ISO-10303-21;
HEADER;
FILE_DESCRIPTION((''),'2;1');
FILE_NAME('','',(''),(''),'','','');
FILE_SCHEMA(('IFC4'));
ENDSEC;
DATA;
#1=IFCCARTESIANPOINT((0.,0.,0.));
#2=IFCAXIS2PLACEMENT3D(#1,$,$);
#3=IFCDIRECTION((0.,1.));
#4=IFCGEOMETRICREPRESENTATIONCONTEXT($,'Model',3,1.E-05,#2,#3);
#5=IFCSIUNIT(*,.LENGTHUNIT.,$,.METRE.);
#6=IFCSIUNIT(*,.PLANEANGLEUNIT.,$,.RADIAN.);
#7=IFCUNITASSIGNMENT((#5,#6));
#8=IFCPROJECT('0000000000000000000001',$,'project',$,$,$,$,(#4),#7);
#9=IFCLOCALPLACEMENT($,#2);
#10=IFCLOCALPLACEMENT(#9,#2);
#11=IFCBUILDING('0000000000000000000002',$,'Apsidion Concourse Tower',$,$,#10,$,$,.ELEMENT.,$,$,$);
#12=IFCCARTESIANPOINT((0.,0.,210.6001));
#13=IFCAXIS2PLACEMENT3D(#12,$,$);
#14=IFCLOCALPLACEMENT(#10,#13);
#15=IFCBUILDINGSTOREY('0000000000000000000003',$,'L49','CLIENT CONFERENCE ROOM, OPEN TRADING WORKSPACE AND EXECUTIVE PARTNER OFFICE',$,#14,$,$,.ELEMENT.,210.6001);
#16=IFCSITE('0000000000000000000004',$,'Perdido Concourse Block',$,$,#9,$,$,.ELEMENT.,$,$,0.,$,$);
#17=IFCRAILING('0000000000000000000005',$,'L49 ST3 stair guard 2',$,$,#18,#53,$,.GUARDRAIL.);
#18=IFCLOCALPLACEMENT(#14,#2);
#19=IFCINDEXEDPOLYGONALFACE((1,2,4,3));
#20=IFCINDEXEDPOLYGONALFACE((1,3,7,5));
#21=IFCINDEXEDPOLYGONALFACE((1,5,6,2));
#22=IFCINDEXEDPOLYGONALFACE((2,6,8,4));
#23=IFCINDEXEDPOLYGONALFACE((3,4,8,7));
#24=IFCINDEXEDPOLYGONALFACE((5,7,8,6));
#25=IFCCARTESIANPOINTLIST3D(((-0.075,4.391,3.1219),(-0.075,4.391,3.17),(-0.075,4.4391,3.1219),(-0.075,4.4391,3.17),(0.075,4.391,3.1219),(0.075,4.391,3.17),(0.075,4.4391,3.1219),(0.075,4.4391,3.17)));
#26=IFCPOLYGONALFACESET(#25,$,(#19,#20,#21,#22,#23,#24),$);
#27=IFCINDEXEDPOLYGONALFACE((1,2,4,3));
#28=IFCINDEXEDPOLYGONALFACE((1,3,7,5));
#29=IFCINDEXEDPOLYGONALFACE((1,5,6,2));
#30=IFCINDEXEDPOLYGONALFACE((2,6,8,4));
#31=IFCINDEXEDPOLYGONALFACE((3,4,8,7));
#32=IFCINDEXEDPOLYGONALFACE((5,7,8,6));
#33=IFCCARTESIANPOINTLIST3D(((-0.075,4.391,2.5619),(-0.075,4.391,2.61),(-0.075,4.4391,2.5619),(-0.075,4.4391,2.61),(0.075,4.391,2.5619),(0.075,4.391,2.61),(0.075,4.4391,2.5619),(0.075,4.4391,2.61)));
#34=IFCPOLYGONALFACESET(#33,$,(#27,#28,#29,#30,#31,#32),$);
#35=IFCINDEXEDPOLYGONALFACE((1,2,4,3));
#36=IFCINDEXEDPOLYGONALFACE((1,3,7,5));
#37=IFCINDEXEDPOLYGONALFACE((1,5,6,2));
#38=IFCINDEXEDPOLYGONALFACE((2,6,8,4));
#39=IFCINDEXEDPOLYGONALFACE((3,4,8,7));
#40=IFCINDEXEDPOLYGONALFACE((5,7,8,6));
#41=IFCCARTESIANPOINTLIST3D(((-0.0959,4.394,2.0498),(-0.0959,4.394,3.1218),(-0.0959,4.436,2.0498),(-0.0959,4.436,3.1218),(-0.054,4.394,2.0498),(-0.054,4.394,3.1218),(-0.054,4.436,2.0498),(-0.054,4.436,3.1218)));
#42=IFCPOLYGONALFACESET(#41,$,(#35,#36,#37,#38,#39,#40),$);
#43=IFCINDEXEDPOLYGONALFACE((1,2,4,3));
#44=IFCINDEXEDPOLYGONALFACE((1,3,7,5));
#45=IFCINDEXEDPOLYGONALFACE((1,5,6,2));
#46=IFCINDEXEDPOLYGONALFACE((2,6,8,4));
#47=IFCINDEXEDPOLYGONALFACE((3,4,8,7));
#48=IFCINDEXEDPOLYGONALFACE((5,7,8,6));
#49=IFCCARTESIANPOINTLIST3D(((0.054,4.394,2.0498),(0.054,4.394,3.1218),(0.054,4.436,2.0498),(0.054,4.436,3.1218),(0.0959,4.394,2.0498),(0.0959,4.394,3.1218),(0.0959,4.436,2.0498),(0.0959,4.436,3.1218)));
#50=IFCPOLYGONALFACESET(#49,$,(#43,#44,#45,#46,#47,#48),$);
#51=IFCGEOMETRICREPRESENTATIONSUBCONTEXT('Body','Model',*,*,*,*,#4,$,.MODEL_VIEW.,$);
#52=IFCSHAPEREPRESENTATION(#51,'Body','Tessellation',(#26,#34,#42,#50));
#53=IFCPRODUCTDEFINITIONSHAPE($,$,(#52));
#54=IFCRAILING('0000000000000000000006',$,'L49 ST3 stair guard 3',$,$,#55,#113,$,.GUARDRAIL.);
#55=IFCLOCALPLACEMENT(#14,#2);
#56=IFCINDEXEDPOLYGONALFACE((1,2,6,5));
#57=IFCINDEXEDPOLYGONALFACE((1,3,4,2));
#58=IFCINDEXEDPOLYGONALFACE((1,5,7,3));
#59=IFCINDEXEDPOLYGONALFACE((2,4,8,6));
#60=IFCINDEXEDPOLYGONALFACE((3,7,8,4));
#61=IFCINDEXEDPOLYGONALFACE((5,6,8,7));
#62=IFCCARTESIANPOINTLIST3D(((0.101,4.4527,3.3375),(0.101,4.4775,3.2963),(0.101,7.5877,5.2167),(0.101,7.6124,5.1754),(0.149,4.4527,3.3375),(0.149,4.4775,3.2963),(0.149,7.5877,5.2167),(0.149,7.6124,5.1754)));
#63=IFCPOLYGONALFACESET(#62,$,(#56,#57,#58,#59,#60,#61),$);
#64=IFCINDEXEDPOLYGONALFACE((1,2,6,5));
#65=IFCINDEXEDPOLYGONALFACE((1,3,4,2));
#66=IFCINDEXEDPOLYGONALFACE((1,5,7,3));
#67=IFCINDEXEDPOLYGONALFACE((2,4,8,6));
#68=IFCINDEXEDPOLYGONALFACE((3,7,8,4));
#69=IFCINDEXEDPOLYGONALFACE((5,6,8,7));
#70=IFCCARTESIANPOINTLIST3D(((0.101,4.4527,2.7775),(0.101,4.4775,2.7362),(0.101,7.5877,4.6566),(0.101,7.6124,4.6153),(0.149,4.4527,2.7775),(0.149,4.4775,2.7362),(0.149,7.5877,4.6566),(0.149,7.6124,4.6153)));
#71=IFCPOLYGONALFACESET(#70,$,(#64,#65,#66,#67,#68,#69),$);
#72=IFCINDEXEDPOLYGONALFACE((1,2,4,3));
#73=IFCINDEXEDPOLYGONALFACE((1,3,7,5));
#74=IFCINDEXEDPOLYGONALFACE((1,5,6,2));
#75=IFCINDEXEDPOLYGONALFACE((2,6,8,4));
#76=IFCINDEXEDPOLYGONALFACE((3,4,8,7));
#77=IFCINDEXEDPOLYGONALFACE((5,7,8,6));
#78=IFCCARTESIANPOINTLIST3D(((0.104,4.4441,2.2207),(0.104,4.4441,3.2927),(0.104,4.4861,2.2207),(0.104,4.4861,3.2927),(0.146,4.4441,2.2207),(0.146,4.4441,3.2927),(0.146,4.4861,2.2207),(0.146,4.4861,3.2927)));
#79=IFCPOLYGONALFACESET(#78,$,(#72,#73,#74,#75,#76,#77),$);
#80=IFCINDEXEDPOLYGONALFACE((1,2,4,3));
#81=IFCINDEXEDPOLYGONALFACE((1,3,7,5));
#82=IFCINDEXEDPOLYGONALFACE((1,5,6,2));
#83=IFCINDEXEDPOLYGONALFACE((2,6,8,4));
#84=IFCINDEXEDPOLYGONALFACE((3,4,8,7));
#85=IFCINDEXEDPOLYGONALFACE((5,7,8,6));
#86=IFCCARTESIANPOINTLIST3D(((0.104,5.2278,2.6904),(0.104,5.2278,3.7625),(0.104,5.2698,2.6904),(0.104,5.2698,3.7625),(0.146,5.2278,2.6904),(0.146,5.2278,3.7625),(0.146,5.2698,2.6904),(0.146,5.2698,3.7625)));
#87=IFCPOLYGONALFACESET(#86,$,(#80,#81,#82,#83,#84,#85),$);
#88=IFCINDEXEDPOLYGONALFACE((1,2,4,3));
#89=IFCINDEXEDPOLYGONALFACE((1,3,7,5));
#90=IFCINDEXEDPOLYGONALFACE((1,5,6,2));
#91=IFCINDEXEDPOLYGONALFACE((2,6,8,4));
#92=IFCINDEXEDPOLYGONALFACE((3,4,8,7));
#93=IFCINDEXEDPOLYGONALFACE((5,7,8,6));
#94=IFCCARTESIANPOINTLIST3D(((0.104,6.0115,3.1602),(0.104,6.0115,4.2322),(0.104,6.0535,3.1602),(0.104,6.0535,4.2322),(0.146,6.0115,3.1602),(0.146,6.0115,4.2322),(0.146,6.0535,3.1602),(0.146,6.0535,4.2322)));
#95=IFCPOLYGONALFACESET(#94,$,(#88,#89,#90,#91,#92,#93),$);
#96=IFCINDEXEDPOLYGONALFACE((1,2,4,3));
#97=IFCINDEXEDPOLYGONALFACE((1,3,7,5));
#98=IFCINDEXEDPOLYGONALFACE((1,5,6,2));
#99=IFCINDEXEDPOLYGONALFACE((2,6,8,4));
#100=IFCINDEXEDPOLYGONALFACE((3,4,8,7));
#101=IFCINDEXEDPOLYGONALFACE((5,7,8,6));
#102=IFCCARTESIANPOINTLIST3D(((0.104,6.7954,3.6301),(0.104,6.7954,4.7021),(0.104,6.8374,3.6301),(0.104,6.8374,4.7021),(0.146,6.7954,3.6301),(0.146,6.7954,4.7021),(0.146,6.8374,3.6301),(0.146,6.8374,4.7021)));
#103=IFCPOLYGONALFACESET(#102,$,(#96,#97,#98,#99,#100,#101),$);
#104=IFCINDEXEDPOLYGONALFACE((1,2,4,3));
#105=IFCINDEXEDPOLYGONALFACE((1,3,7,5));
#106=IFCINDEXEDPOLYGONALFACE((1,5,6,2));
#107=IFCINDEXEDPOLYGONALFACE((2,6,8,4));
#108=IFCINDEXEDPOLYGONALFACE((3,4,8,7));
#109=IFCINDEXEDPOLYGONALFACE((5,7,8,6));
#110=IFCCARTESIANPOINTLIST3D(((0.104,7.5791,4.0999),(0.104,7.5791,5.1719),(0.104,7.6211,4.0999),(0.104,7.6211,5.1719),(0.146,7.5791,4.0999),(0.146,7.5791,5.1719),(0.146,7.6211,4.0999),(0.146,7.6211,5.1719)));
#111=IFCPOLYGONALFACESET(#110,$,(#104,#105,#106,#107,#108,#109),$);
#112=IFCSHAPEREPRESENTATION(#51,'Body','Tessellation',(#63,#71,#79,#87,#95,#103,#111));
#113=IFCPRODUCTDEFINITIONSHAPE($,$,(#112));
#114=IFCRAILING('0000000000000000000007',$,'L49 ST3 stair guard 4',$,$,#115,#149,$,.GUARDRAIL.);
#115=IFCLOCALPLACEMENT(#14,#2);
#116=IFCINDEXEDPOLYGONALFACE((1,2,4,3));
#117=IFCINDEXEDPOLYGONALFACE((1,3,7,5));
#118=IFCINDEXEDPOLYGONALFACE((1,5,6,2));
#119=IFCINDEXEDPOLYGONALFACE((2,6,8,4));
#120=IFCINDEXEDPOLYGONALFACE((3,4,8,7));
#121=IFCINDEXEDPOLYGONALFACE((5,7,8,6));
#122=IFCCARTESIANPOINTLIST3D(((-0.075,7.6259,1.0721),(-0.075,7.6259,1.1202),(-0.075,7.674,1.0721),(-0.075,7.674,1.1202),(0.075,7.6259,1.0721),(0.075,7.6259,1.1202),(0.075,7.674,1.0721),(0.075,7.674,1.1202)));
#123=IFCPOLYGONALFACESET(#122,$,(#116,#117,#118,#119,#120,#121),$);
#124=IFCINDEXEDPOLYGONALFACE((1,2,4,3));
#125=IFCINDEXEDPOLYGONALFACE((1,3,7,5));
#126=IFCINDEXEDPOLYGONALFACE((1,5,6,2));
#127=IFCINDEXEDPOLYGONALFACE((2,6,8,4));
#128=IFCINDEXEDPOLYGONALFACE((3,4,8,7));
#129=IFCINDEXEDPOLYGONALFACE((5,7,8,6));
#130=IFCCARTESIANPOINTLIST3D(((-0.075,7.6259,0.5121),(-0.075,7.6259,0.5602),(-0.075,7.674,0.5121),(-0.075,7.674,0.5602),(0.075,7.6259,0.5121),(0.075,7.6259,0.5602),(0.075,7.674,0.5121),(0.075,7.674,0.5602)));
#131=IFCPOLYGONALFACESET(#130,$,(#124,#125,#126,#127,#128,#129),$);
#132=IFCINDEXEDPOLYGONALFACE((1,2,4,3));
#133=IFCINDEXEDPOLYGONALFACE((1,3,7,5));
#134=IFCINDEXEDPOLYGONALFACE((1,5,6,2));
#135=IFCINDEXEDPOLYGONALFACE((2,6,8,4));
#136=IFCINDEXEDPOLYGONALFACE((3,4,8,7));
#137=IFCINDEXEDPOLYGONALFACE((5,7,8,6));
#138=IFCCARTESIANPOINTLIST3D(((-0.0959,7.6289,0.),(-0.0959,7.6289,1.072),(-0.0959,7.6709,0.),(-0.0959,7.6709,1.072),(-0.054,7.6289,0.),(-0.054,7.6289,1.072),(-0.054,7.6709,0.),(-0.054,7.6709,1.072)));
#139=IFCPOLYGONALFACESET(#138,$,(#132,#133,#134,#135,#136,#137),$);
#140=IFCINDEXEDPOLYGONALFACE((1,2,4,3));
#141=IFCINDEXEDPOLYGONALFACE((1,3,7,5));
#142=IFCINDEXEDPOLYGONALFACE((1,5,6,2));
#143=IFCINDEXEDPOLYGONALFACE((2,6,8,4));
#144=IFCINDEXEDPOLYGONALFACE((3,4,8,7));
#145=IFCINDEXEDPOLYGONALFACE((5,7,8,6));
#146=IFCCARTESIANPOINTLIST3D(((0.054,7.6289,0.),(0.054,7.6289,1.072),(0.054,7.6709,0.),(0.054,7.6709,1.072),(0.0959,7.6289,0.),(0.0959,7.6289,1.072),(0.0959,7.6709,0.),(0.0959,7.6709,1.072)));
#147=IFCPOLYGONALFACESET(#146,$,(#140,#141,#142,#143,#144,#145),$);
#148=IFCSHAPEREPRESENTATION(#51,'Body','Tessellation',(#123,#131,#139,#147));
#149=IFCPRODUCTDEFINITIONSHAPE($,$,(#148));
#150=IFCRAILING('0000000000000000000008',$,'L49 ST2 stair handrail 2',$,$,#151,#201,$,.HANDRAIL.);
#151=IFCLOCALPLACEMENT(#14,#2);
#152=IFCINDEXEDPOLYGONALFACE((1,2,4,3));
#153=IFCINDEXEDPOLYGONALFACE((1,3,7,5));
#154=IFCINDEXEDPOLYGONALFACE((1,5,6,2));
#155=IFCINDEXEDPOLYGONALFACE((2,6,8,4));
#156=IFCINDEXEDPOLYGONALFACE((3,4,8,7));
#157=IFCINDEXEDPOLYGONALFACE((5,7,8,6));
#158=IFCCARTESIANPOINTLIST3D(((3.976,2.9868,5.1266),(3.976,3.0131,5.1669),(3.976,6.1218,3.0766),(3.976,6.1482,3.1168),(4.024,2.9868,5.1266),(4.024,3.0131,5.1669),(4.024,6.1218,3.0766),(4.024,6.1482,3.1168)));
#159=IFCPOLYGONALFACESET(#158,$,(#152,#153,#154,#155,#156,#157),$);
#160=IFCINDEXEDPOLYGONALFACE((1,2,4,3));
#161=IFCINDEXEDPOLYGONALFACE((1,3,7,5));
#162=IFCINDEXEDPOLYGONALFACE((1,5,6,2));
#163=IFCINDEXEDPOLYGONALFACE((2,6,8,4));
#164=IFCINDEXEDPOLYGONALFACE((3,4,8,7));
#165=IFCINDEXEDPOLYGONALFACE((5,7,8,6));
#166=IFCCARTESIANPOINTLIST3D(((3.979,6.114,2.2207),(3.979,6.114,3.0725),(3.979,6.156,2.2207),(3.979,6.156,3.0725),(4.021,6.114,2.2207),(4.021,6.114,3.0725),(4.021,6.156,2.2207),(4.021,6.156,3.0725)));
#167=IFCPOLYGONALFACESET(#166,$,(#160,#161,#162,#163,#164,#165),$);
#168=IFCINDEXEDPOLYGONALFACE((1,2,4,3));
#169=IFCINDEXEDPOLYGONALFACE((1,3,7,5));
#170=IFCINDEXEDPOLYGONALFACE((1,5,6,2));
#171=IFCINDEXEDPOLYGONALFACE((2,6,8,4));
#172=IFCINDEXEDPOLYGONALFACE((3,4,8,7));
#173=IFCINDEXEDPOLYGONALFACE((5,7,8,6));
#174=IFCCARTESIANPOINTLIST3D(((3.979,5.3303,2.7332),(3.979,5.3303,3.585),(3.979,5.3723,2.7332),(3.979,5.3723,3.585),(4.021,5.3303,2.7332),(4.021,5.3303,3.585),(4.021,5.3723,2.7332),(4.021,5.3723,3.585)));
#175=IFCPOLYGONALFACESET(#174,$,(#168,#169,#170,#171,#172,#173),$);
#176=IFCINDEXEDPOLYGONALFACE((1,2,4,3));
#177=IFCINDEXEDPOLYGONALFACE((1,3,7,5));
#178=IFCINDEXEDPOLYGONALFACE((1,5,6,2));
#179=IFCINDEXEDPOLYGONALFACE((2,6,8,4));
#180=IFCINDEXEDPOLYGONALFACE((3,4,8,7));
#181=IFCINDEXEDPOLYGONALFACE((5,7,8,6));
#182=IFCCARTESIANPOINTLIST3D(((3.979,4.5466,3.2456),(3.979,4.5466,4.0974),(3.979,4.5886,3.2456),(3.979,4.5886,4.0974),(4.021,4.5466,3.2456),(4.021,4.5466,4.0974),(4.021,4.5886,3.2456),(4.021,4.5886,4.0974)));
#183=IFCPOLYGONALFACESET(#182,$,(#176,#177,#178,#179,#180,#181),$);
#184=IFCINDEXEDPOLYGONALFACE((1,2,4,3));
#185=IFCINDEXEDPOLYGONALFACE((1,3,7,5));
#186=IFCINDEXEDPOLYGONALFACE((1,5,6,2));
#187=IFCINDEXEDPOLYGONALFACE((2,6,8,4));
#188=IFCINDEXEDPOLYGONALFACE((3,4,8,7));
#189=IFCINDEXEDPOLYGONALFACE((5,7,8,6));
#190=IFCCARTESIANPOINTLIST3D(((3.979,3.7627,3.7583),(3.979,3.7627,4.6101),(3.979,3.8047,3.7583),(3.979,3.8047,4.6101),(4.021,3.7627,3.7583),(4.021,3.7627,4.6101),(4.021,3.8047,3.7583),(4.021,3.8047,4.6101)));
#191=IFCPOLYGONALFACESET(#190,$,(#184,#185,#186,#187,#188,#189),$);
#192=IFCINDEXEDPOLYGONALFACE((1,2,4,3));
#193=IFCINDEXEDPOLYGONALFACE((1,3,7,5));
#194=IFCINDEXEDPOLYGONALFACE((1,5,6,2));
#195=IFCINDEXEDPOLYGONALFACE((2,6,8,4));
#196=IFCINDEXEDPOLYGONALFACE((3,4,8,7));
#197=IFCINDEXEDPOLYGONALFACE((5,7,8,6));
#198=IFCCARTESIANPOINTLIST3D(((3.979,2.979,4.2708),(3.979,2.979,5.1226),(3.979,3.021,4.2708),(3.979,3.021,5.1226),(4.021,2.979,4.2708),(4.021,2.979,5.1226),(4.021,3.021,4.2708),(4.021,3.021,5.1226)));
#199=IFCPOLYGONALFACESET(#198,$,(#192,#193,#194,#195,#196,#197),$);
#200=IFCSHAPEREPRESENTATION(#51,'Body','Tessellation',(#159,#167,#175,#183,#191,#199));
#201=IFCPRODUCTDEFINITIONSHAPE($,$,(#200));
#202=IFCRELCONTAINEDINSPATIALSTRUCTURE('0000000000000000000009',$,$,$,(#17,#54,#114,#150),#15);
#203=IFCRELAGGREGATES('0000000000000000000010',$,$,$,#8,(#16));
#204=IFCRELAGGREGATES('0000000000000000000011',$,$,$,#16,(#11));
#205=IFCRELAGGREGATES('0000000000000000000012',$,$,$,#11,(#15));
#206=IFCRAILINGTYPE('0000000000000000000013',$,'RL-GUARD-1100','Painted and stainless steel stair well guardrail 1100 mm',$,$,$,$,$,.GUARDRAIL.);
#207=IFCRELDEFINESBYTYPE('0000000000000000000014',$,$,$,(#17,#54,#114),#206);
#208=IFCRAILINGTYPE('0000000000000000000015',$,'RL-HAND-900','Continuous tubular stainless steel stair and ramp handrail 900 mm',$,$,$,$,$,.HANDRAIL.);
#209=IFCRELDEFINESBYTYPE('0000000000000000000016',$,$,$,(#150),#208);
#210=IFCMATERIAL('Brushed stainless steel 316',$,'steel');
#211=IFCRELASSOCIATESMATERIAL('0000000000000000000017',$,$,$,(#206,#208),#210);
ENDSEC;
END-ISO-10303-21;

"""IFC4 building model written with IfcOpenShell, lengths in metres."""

from ifc_helpers import new_model, si_unit, direction, frame, origin, origin_2d, place, context, subcontext, project, spatial, rectangle, extrude, material, type_object, element, save


model = new_model("IFC4")

# Units and contexts
model_context = context("Model", 3, precision=1e-05, world=origin(), true_north=direction((0.0, 1.0)))
body_context = subcontext(model_context, "Body", "Model", "MODEL_VIEW")
ifc_project = project(units=[si_unit("LENGTHUNIT", "METRE"), si_unit("PLANEANGLEUNIT", "RADIAN")], contexts=[model_context])

# Site, building, storey
site_placement = place(None, origin())
site = spatial("IfcSite", under=ifc_project, at=site_placement, Name="Perdido Concourse Block", CompositionType="ELEMENT", RefElevation=0.0)
building_placement = place(site_placement, origin())
building = spatial("IfcBuilding", under=site, at=building_placement, Name="Apsidion Concourse Tower", CompositionType="ELEMENT")
storey_placement = place(building_placement, frame((0.0, 0.0, 210.6001)))
storey = spatial("IfcBuildingStorey", under=building, at=storey_placement, Name="L49", Description="CLIENT CONFERENCE ROOM, OPEN TRADING WORKSPACE AND EXECUTIVE PARTNER OFFICE", CompositionType="ELEMENT", Elevation=210.6001)

# Railings
ifc_material_1 = material(Name="Brushed stainless steel 316", Category="steel")
railing_type_1 = type_object("IfcRailingType", Name="RL-GUARD-1100", Description="Painted and stainless steel stair well guardrail 1100 mm", PredefinedType="GUARDRAIL", material=ifc_material_1)
railing_1_placement = place(storey_placement, frame((-0.075, 4.415, 2.0498)))
element("IfcRailing", 1, at=railing_1_placement, inside=storey, type_object=railing_type_1, Name="L49 ST3 stair guard 2", PredefinedType="GUARDRAIL", context=body_context, shape_type="SweptSolid", body=[
    extrude(rectangle(XDim=0.0481, YDim=0.0481, at=origin_2d()), frame((0.0, 0.0, 1.0962), z_axis=(1.0, 0.0, 0.0), x_axis=(0.0, 1.0, 0.0)), (0.0, 0.0, 1.0), 0.1499),
    extrude(rectangle(XDim=0.0481, YDim=0.0481, at=origin_2d()), frame((0.0, 0.0, 0.5361), z_axis=(1.0, 0.0, 0.0), x_axis=(0.0, 1.0, 0.0)), (0.0, 0.0, 1.0), 0.1499),
    extrude(rectangle(XDim=0.042, YDim=0.042, at=origin_2d()), origin(), (0.0, 0.0, 1.0), 1.072),
    extrude(rectangle(XDim=0.042, YDim=0.042, at=origin_2d()), frame((0.1499, 0.0, 0.0)), (0.0, 0.0, 1.0), 1.072),
])
railing_2_placement = place(storey_placement, frame((0.125, 4.4651, 2.2207)))
element("IfcRailing", 2, at=railing_2_placement, inside=storey, type_object=railing_type_1, Name="L49 ST3 stair guard 3", PredefinedType="GUARDRAIL", context=body_context, shape_type="SweptSolid", body=[
    extrude(rectangle(XDim=0.0481, YDim=0.0481, at=origin_2d()), frame((0.0, 0.0, 1.0962), z_axis=(0.0, 0.857717, 0.514122), x_axis=(-1.0, 0.0, 0.0)), (0.0, 0.0, 1.0), 3.655),
    extrude(rectangle(XDim=0.0481, YDim=0.0481, at=origin_2d()), frame((0.0, 0.0, 0.5361), z_axis=(0.0, 0.857717, 0.514122), x_axis=(-1.0, 0.0, 0.0)), (0.0, 0.0, 1.0), 3.655),
    extrude(rectangle(XDim=0.042, YDim=0.042, at=origin_2d()), origin(), (0.0, 0.0, 1.0), 1.072),
    extrude(rectangle(XDim=0.042, YDim=0.042, at=origin_2d()), frame((0.0, 0.7837, 0.4697)), (0.0, 0.0, 1.0), 1.072),
    extrude(rectangle(XDim=0.042, YDim=0.042, at=origin_2d()), frame((0.0, 1.5674, 0.9395)), (0.0, 0.0, 1.0), 1.072),
    extrude(rectangle(XDim=0.042, YDim=0.042, at=origin_2d()), frame((0.0, 2.3513, 1.4094)), (0.0, 0.0, 1.0), 1.072),
    extrude(rectangle(XDim=0.042, YDim=0.042, at=origin_2d()), frame((0.0, 3.135, 1.8792)), (0.0, 0.0, 1.0), 1.072),
])
railing_3_placement = place(storey_placement, frame((-0.075, 7.6499, 0.0)))
element("IfcRailing", 3, at=railing_3_placement, inside=storey, type_object=railing_type_1, Name="L49 ST3 stair guard 4", PredefinedType="GUARDRAIL", context=body_context, shape_type="SweptSolid", body=[
    extrude(rectangle(XDim=0.0481, YDim=0.0481, at=origin_2d()), frame((0.0, 0.0, 1.0962), z_axis=(1.0, 0.0, 0.0), x_axis=(0.0, 1.0, 0.0)), (0.0, 0.0, 1.0), 0.1499),
    extrude(rectangle(XDim=0.0481, YDim=0.0481, at=origin_2d()), frame((0.0, 0.0, 0.5361), z_axis=(1.0, 0.0, 0.0), x_axis=(0.0, 1.0, 0.0)), (0.0, 0.0, 1.0), 0.1499),
    extrude(rectangle(XDim=0.042, YDim=0.042, at=origin_2d()), origin(), (0.0, 0.0, 1.0), 1.072),
    extrude(rectangle(XDim=0.042, YDim=0.042, at=origin_2d()), frame((0.1499, 0.0, 0.0)), (0.0, 0.0, 1.0), 1.072),
])
railing_type_2 = type_object("IfcRailingType", Name="RL-HAND-900", Description="Continuous tubular stainless steel stair and ramp handrail 900 mm", PredefinedType="HANDRAIL", material=ifc_material_1)
railing_4_placement = place(storey_placement, frame((4.0, 6.135, 2.2207)))
element("IfcRailing", 4, at=railing_4_placement, inside=storey, type_object=railing_type_2, Name="L49 ST2 stair handrail 2", PredefinedType="HANDRAIL", context=body_context, shape_type="SweptSolid", body=[
    extrude(rectangle(XDim=0.0481, YDim=0.0481, at=origin_2d()), frame((0.0, 0.0, 0.876), z_axis=(0.0, -0.836941, 0.547293), x_axis=(1.0, 0.0, 0.0)), (0.0, 0.0, 1.0), 3.7458),
    extrude(rectangle(XDim=0.042, YDim=0.042, at=origin_2d()), origin(), (0.0, 0.0, 1.0), 0.8518),
    extrude(rectangle(XDim=0.042, YDim=0.042, at=origin_2d()), frame((0.0, -0.7837, 0.5125)), (0.0, 0.0, 1.0), 0.8518),
    extrude(rectangle(XDim=0.042, YDim=0.042, at=origin_2d()), frame((0.0, -1.5674, 1.0249)), (0.0, 0.0, 1.0), 0.8518),
    extrude(rectangle(XDim=0.042, YDim=0.042, at=origin_2d()), frame((0.0, -2.3513, 1.5376)), (0.0, 0.0, 1.0), 0.8518),
    extrude(rectangle(XDim=0.042, YDim=0.042, at=origin_2d()), frame((0.0, -3.135, 2.05)), (0.0, 0.0, 1.0), 0.8518),
])

save(model, "model.ifc")
